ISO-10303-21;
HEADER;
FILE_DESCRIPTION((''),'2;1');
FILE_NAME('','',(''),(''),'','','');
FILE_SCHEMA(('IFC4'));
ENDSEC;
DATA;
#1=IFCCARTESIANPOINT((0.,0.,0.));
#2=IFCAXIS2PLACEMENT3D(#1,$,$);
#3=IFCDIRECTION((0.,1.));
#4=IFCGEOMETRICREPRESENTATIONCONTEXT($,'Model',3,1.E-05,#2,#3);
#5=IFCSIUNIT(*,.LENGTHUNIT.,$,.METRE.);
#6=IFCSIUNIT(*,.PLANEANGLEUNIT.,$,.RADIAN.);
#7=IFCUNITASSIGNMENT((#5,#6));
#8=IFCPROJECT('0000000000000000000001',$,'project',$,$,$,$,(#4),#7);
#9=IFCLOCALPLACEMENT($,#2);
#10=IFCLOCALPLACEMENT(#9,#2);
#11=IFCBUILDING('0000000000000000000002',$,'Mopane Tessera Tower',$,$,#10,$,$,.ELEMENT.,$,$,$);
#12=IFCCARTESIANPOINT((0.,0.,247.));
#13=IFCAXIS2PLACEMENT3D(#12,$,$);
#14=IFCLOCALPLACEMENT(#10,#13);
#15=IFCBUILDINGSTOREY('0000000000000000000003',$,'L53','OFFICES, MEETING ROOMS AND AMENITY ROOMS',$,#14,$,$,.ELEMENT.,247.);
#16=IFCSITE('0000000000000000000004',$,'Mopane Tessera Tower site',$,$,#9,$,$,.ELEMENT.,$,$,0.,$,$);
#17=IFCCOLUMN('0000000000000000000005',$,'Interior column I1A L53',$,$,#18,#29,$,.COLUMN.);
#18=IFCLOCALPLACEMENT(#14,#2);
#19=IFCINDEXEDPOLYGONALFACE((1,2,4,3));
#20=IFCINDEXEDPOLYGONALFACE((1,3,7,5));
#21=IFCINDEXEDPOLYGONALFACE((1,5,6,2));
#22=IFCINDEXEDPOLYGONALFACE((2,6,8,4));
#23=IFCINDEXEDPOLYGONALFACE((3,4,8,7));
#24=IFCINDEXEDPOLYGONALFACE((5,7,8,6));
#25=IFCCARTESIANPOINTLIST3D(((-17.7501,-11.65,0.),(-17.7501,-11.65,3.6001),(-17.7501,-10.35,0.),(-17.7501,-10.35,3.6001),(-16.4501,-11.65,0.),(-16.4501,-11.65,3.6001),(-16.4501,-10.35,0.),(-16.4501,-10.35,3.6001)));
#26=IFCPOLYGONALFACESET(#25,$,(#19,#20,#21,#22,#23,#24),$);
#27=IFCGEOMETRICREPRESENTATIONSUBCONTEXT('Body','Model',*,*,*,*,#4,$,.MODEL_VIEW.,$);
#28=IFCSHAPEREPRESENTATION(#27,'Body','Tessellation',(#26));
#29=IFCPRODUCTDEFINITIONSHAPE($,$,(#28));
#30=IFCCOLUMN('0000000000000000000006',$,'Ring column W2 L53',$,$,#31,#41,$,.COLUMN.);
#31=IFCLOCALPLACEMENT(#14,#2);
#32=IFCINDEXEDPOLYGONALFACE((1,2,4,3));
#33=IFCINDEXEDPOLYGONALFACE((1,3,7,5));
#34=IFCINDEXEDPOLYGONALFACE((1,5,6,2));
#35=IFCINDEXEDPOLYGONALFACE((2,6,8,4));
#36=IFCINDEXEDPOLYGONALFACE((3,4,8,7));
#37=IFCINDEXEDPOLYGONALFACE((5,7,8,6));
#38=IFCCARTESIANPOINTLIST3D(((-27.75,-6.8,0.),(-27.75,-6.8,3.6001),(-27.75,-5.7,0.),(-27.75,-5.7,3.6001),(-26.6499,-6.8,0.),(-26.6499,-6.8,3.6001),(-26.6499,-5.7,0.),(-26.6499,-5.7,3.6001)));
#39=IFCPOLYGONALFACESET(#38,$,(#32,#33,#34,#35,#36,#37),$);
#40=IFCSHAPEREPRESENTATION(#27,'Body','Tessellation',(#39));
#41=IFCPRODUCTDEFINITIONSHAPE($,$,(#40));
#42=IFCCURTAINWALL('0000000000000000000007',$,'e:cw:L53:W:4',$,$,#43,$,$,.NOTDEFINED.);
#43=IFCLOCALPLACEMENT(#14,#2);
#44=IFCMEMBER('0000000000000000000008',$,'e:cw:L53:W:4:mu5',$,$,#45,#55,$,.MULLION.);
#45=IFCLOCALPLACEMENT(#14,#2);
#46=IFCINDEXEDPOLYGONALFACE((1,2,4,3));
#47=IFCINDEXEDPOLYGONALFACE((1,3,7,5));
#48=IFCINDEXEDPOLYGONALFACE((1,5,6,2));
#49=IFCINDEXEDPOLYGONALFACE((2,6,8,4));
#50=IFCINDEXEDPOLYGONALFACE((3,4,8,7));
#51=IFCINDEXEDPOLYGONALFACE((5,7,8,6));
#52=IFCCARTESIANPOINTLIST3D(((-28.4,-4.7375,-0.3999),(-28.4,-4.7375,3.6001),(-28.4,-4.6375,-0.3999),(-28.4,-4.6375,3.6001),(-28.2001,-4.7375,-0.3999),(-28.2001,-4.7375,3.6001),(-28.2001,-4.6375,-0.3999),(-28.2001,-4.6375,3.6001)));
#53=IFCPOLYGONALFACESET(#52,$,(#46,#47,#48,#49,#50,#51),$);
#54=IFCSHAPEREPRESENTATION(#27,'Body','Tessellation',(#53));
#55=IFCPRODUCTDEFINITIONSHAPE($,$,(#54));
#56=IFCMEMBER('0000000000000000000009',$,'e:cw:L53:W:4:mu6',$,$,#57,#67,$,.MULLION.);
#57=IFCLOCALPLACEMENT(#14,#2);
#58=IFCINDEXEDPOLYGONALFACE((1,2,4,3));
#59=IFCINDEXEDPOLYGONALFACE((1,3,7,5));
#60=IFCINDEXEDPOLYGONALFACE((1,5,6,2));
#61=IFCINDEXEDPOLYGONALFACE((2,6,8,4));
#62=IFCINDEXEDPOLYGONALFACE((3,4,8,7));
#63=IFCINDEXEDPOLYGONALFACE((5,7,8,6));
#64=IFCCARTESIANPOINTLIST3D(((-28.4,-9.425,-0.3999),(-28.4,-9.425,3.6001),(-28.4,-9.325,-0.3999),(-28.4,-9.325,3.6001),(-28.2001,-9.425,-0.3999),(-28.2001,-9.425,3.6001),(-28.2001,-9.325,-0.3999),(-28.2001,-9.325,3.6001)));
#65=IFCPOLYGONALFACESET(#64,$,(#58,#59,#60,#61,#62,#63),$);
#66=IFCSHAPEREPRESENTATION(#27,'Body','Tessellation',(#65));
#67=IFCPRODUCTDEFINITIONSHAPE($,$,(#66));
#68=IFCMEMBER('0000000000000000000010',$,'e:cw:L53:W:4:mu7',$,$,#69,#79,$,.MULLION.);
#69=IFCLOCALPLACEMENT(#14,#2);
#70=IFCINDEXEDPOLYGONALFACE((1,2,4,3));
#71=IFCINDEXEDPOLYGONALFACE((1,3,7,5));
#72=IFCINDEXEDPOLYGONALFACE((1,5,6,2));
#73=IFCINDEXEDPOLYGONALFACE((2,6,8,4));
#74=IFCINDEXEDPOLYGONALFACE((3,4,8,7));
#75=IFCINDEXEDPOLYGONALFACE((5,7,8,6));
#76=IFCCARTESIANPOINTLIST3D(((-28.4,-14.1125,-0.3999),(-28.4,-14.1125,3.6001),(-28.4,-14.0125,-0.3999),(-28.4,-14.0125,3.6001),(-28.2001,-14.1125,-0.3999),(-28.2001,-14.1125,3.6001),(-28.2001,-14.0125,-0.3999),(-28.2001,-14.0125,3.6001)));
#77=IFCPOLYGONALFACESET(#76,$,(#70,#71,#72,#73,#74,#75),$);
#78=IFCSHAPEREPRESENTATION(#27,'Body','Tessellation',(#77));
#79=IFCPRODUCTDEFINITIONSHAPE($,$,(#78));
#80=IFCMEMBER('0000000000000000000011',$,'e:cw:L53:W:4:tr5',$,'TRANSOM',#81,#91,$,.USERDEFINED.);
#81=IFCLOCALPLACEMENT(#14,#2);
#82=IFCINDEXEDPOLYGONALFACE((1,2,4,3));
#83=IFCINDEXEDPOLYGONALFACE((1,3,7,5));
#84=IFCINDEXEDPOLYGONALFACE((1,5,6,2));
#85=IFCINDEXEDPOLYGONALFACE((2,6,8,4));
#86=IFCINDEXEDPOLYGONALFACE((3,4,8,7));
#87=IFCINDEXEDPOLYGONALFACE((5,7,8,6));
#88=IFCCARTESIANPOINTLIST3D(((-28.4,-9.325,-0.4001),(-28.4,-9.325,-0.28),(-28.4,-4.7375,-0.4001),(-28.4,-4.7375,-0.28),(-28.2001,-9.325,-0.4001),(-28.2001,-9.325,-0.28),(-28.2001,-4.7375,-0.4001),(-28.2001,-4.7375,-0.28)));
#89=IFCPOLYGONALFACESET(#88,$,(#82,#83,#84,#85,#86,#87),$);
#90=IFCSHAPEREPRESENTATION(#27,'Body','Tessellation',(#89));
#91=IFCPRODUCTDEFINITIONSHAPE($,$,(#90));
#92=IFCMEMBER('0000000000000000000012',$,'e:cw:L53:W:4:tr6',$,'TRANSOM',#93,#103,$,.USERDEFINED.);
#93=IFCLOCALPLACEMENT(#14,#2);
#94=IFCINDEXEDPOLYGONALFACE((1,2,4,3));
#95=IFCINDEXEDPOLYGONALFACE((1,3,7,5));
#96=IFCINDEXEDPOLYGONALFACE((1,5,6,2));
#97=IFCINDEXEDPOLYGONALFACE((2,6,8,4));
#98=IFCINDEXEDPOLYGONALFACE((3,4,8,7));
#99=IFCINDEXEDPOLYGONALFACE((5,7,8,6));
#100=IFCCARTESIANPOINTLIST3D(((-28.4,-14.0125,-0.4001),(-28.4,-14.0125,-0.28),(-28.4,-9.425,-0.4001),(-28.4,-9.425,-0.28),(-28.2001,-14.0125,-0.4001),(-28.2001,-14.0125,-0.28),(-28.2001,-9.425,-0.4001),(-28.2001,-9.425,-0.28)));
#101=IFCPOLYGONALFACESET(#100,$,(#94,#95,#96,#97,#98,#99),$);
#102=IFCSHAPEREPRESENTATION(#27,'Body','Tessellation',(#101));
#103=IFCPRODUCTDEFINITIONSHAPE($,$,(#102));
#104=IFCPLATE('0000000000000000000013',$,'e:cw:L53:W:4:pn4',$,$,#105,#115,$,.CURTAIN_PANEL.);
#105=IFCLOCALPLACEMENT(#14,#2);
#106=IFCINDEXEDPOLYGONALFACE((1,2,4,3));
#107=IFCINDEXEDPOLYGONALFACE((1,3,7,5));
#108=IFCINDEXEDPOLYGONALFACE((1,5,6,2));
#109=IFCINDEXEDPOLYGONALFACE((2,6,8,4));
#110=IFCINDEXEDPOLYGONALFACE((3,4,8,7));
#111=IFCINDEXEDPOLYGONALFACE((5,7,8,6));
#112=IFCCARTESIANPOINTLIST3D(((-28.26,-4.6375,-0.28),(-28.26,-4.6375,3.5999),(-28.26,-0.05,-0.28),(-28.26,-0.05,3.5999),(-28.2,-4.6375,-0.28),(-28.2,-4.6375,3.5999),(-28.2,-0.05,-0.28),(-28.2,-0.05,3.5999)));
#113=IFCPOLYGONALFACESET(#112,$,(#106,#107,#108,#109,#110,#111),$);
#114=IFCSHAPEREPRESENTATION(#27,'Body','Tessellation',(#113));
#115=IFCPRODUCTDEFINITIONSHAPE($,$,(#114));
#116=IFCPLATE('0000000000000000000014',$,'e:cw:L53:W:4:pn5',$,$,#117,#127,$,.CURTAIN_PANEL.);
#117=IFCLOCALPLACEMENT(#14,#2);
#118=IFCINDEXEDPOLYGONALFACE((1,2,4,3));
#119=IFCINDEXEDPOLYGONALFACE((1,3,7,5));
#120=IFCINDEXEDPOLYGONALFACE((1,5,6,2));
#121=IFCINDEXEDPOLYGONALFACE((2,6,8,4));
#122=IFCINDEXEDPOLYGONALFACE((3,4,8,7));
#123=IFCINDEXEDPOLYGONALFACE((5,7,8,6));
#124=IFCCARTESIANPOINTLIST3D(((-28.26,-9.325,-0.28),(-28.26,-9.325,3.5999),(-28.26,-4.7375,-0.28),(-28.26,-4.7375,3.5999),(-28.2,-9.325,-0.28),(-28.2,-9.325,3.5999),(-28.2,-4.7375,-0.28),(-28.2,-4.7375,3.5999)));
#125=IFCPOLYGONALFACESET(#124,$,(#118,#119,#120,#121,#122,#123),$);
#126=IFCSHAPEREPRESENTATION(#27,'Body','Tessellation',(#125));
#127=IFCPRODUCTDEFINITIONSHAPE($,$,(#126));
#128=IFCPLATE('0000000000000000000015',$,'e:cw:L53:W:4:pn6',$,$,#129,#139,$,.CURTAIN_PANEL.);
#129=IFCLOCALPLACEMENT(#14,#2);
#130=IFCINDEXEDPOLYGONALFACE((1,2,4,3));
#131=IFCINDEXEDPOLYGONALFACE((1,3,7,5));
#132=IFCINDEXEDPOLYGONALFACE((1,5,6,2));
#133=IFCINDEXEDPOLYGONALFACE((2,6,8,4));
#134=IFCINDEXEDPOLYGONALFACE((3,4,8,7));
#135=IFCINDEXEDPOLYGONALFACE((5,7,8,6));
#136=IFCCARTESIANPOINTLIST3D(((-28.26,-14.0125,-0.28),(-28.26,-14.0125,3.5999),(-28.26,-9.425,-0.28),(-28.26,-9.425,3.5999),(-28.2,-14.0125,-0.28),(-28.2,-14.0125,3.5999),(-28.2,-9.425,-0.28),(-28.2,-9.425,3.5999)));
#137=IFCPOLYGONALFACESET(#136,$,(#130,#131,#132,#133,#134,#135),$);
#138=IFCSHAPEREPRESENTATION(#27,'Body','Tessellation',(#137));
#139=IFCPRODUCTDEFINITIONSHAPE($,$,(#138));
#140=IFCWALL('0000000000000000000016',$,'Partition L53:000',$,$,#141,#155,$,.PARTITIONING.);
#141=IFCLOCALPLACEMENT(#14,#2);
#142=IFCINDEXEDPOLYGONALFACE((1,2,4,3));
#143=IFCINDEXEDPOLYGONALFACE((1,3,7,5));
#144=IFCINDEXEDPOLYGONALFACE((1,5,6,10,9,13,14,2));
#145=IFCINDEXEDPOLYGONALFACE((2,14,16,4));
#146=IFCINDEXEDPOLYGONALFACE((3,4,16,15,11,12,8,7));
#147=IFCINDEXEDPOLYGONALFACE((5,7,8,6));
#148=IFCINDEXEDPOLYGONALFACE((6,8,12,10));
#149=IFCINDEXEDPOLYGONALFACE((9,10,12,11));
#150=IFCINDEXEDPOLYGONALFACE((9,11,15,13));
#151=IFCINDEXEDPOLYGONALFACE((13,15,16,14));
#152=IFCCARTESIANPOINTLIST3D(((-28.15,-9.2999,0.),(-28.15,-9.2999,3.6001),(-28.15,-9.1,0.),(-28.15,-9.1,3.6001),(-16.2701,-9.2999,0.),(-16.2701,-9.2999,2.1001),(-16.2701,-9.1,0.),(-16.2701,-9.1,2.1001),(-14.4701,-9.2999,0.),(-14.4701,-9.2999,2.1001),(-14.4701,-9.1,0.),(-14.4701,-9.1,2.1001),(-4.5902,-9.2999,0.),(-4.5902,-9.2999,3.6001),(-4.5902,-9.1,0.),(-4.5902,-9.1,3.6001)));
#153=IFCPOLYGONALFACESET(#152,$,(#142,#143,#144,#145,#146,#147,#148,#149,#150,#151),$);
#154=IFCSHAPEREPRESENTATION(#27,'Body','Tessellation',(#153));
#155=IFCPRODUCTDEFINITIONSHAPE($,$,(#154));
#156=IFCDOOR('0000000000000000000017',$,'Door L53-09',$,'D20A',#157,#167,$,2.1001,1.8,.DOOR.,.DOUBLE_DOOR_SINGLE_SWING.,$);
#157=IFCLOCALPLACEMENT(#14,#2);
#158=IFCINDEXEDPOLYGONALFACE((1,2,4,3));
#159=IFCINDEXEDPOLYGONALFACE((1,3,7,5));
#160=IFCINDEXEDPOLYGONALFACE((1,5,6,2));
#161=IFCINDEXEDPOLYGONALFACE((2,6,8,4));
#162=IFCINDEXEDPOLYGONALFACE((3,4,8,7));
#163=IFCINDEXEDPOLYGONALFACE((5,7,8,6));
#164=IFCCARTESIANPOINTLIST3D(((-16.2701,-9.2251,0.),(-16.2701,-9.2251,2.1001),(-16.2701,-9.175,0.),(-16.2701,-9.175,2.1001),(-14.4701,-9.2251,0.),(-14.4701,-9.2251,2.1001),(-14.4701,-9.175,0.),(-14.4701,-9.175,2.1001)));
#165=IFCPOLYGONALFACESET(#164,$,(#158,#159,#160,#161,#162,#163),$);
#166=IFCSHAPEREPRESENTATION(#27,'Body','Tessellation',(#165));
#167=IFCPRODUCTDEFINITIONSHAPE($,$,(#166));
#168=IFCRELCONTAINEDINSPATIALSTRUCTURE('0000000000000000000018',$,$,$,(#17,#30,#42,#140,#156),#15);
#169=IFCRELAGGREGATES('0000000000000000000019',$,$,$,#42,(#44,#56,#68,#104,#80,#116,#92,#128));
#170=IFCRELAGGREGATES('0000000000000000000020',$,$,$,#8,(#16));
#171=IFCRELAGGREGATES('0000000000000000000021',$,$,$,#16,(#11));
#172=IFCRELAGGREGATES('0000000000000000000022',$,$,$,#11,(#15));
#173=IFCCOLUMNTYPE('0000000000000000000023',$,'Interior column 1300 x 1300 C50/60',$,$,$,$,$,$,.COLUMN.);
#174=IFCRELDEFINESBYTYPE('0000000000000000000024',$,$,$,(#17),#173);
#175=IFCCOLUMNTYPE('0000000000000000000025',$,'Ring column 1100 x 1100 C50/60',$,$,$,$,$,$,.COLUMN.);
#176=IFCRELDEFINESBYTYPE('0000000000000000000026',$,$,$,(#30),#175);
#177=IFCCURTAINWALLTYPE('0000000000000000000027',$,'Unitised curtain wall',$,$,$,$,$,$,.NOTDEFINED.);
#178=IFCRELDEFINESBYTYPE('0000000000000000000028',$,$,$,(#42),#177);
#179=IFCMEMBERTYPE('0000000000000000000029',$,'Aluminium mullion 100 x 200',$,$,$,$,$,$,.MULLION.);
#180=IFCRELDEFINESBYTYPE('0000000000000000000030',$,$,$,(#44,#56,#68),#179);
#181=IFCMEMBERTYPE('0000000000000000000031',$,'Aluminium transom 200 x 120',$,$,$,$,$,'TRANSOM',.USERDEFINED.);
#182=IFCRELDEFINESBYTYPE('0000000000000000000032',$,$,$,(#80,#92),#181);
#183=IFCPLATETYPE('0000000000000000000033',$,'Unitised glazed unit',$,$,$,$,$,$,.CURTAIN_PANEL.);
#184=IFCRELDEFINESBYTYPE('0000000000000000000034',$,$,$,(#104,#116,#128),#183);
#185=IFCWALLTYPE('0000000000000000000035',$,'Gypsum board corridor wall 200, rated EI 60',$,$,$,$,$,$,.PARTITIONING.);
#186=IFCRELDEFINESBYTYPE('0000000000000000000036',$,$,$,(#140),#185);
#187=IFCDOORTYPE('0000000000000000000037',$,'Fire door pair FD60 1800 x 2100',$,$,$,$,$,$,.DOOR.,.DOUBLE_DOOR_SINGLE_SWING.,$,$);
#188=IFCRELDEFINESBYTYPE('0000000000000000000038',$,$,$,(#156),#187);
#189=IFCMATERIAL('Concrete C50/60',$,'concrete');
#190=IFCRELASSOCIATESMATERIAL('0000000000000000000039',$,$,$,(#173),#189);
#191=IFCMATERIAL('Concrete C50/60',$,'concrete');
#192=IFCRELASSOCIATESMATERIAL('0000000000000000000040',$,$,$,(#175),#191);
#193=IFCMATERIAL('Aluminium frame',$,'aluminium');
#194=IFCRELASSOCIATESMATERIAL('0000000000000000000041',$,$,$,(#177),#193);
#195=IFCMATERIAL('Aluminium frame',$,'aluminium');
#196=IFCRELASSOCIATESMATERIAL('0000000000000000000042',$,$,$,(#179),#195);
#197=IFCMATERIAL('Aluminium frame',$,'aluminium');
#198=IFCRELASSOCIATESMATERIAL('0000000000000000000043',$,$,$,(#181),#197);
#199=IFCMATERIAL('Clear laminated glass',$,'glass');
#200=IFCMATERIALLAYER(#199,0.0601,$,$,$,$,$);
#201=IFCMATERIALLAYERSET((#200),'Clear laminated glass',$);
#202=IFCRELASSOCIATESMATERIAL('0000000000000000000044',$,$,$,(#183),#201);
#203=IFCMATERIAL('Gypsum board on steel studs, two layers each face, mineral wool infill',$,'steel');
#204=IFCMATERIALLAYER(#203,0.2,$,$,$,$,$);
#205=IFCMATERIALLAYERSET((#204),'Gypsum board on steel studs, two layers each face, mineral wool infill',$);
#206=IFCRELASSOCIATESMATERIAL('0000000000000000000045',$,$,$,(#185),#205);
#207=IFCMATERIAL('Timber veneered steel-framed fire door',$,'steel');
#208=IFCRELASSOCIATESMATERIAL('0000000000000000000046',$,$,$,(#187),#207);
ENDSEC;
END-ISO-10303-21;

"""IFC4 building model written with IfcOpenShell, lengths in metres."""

from ifc_helpers import new_model, si_unit, direction, frame, frame_2d, origin, origin_2d, place, context, subcontext, project, spatial, rectangle, extrude, material, layer, layer_set, material_profile, profile_set, type_object, element, fill, aggregate, save


model = new_model("IFC4")

# Units and contexts
model_context = context("Model", 3, precision=1e-05, world=origin(), true_north=direction((0.0, 1.0)))
body_context = subcontext(model_context, "Body", "Model", "MODEL_VIEW")
ifc_project = project(units=[si_unit("LENGTHUNIT", "METRE"), si_unit("PLANEANGLEUNIT", "RADIAN")], contexts=[model_context])

# Site, building, storey
site_placement = place(None, origin())
site = spatial("IfcSite", under=ifc_project, at=site_placement, Name="Mopane Tessera Tower site", CompositionType="ELEMENT", RefElevation=0.0)
building_placement = place(site_placement, origin())
building = spatial("IfcBuilding", under=site, at=building_placement, Name="Mopane Tessera Tower", CompositionType="ELEMENT")
storey_placement = place(building_placement, frame((0.0, 0.0, 247.0)))
storey = spatial("IfcBuildingStorey", under=building, at=storey_placement, Name="L53", Description="OFFICES, MEETING ROOMS AND AMENITY ROOMS", CompositionType="ELEMENT", Elevation=247.0)

# Columns
ifc_material_1 = material(Name="Concrete C50/60", Category="concrete")
ifc_material_profile_1 = material_profile(ifc_material_1, rectangle(XDim=1.3, YDim=1.3, at=origin_2d()))
ifc_profile_set_1 = profile_set([ifc_material_profile_1], Name="Concrete C50/60")
column_type_1 = type_object("IfcColumnType", Name="Interior column 1300 x 1300 C50/60", PredefinedType="COLUMN", material=ifc_profile_set_1)
column_1_placement = place(storey_placement, frame((-17.1001, -11.0, 0.0), z_axis=(0.0, 0.0, 1.0), x_axis=(1.0, 0.0, 0.0)))
element("IfcColumn", 1, at=column_1_placement, inside=storey, type_object=column_type_1, Name="Interior column I1A L53", PredefinedType="COLUMN", context=body_context, shape_type="SweptSolid", body=[
    extrude(rectangle(XDim=1.3, YDim=1.3, at=origin_2d()), origin(), (0.0, 0.0, 1.0), 3.6001),
])
ifc_material_2 = material(Name="Concrete C50/60", Category="concrete")
ifc_material_profile_2 = material_profile(ifc_material_2, rectangle(XDim=1.1001, YDim=1.1001, at=origin_2d()))
ifc_profile_set_2 = profile_set([ifc_material_profile_2], Name="Concrete C50/60")
column_type_2 = type_object("IfcColumnType", Name="Ring column 1100 x 1100 C50/60", PredefinedType="COLUMN", material=ifc_profile_set_2)
column_2_placement = place(storey_placement, frame((-27.2, -6.25, 0.0), z_axis=(0.0, 0.0, 1.0), x_axis=(1.0, 0.0, 0.0)))
element("IfcColumn", 2, at=column_2_placement, inside=storey, type_object=column_type_2, Name="Ring column W2 L53", PredefinedType="COLUMN", context=body_context, shape_type="SweptSolid", body=[
    extrude(rectangle(XDim=1.1001, YDim=1.1001, at=origin_2d()), origin(), (0.0, 0.0, 1.0), 3.6001),
])

# Curtain wall, members, plates
ifc_material_3 = material(Name="Aluminium frame", Category="aluminium")
curtain_wall_type = type_object("IfcCurtainWallType", Name="Unitised curtain wall", PredefinedType="NOTDEFINED", material=ifc_material_3)
curtain_wall_placement = place(storey_placement, origin())
curtain_wall = element("IfcCurtainWall", 3, at=curtain_wall_placement, inside=storey, type_object=curtain_wall_type, Name="e:cw:L53:W:4", PredefinedType="NOTDEFINED")
ifc_material_4 = material(Name="Aluminium frame", Category="aluminium")
ifc_material_profile_3 = material_profile(ifc_material_4, rectangle(XDim=0.1001, YDim=0.2, at=origin_2d()))
ifc_profile_set_3 = profile_set([ifc_material_profile_3], Name="Aluminium frame")
member_type_1 = type_object("IfcMemberType", Name="Aluminium mullion 100 x 200", PredefinedType="MULLION", material=ifc_profile_set_3)
member_1_placement = place(storey_placement, frame((-28.3, -4.6875, -0.3999), z_axis=(0.0, 0.0, 1.0), x_axis=(0.0, -1.0, 0.0)))
member_1 = element("IfcMember", 4, at=member_1_placement, type_object=member_type_1, Name="e:cw:L53:W:4:mu5", PredefinedType="MULLION", context=body_context, shape_type="SweptSolid", body=[
    extrude(rectangle(XDim=0.1001, YDim=0.2, at=origin_2d()), origin(), (0.0, 0.0, 1.0), 4.0),
])
member_2_placement = place(storey_placement, frame((-28.3, -9.375, -0.3999), z_axis=(0.0, 0.0, 1.0), x_axis=(0.0, -1.0, 0.0)))
member_2 = element("IfcMember", 5, at=member_2_placement, type_object=member_type_1, Name="e:cw:L53:W:4:mu6", PredefinedType="MULLION", context=body_context, shape_type="SweptSolid", body=[
    extrude(rectangle(XDim=0.1001, YDim=0.2, at=origin_2d()), origin(), (0.0, 0.0, 1.0), 4.0),
])
member_3_placement = place(storey_placement, frame((-28.3, -14.0625, -0.3999), z_axis=(0.0, 0.0, 1.0), x_axis=(0.0, -1.0, 0.0)))
member_3 = element("IfcMember", 6, at=member_3_placement, type_object=member_type_1, Name="e:cw:L53:W:4:mu7", PredefinedType="MULLION", context=body_context, shape_type="SweptSolid", body=[
    extrude(rectangle(XDim=0.1001, YDim=0.2, at=origin_2d()), origin(), (0.0, 0.0, 1.0), 4.0),
])
ifc_material_5 = material(Name="Aluminium frame", Category="aluminium")
ifc_material_profile_4 = material_profile(ifc_material_5, rectangle(XDim=0.2, YDim=0.1201, at=origin_2d()))
ifc_profile_set_4 = profile_set([ifc_material_profile_4], Name="Aluminium frame")
member_type_2 = type_object("IfcMemberType", Name="Aluminium transom 200 x 120", ElementType="TRANSOM", PredefinedType="USERDEFINED", material=ifc_profile_set_4)
member_4_placement = place(storey_placement, frame((-28.3, -4.7375, -0.3401), z_axis=(0.0, -1.0, 0.0), x_axis=(1.0, 0.0, 0.0)))
member_4 = element("IfcMember", 7, at=member_4_placement, type_object=member_type_2, Name="e:cw:L53:W:4:tr5", ObjectType="TRANSOM", PredefinedType="USERDEFINED", context=body_context, shape_type="SweptSolid", body=[
    extrude(rectangle(XDim=0.2, YDim=0.1201, at=origin_2d()), origin(), (0.0, 0.0, 1.0), 4.5874),
])
member_5_placement = place(storey_placement, frame((-28.3, -9.425, -0.3401), z_axis=(0.0, -1.0, 0.0), x_axis=(1.0, 0.0, 0.0)))
member_5 = element("IfcMember", 8, at=member_5_placement, type_object=member_type_2, Name="e:cw:L53:W:4:tr6", ObjectType="TRANSOM", PredefinedType="USERDEFINED", context=body_context, shape_type="SweptSolid", body=[
    extrude(rectangle(XDim=0.2, YDim=0.1201, at=origin_2d()), origin(), (0.0, 0.0, 1.0), 4.5874),
])
ifc_material_6 = material(Name="Clear laminated glass", Category="glass")
ifc_layer_1 = layer(ifc_material_6, 0.0601)
ifc_layer_set_1 = layer_set([ifc_layer_1], Name="Clear laminated glass")
plate_type = type_object("IfcPlateType", Name="Unitised glazed unit", PredefinedType="CURTAIN_PANEL", material=ifc_layer_set_1)
plate_1_placement = place(storey_placement, frame((-28.23, -2.3438, -0.28), z_axis=(0.0, 0.0, 1.0), x_axis=(0.0, -1.0, 0.0)))
plate_1 = element("IfcPlate", 9, at=plate_1_placement, type_object=plate_type, Name="e:cw:L53:W:4:pn4", PredefinedType="CURTAIN_PANEL", context=body_context, shape_type="SweptSolid", body=[
    extrude(rectangle(XDim=4.5874, YDim=0.0601, at=origin_2d()), origin(), (0.0, 0.0, 1.0), 3.8799),
])
plate_2_placement = place(storey_placement, frame((-28.23, -7.0312, -0.28), z_axis=(0.0, 0.0, 1.0), x_axis=(0.0, -1.0, 0.0)))
plate_2 = element("IfcPlate", 10, at=plate_2_placement, type_object=plate_type, Name="e:cw:L53:W:4:pn5", PredefinedType="CURTAIN_PANEL", context=body_context, shape_type="SweptSolid", body=[
    extrude(rectangle(XDim=4.5874, YDim=0.0601, at=origin_2d()), origin(), (0.0, 0.0, 1.0), 3.8799),
])
plate_3_placement = place(storey_placement, frame((-28.23, -11.7188, -0.28), z_axis=(0.0, 0.0, 1.0), x_axis=(0.0, -1.0, 0.0)))
plate_3 = element("IfcPlate", 11, at=plate_3_placement, type_object=plate_type, Name="e:cw:L53:W:4:pn6", PredefinedType="CURTAIN_PANEL", context=body_context, shape_type="SweptSolid", body=[
    extrude(rectangle(XDim=4.5874, YDim=0.0601, at=origin_2d()), origin(), (0.0, 0.0, 1.0), 3.8799),
])
aggregate(curtain_wall, [member_1, member_2, member_3, plate_1, member_4, plate_2, member_5, plate_3])

# Wall, opening, door
ifc_material_7 = material(Name="Gypsum board on steel studs, two layers each face, mineral wool infill", Category="steel")
ifc_layer_2 = layer(ifc_material_7, 0.2)
ifc_layer_set_2 = layer_set([ifc_layer_2], Name="Gypsum board on steel studs, two layers each face, mineral wool infill")
wall_type = type_object("IfcWallType", Name="Gypsum board corridor wall 200, rated EI 60", PredefinedType="PARTITIONING", material=ifc_layer_set_2)
wall_1_placement = place(storey_placement, frame((-28.1499, -9.2, 0.0), z_axis=(0.0, 0.0, 1.0), x_axis=(1.0, 0.0, 0.0)))
wall_1 = element("IfcWall", 12, at=wall_1_placement, inside=storey, type_object=wall_type, Name="Partition L53:000", PredefinedType="PARTITIONING", context=body_context, shape_type="SweptSolid", body=[
    extrude(rectangle(XDim=23.5598, YDim=0.2, at=frame_2d((11.7798, 0.0))), origin(), (0.0, 0.0, 1.0), 3.6001),
])
opening_1_placement = place(wall_1_placement, frame((11.8799, 0.0, 0.0)))
opening_1 = element("IfcOpeningElement", 13, at=opening_1_placement, cuts=wall_1, PredefinedType="OPENING", context=body_context, shape_type="SweptSolid", body=[
    extrude(rectangle(XDim=1.8, YDim=2.1001, at=frame_2d((0.8999, 1.05))), frame((0.0, 0.1121, 0.0), z_axis=(0.0, -1.0, 0.0), x_axis=(1.0, 0.0, 0.0)), (0.0, 0.0, 1.0), 0.2239),
])
ifc_material_8 = material(Name="Timber veneered steel-framed fire door", Category="steel")
door_type_1 = type_object("IfcDoorType", Name="Fire door pair FD60 1800 x 2100", OperationType="DOUBLE_DOOR_SINGLE_SWING", PredefinedType="DOOR", material=ifc_material_8)
door_1_placement = place(opening_1_placement, origin())
door_1 = element("IfcDoor", 14, at=door_1_placement, inside=storey, type_object=door_type_1, Name="Door L53-09", ObjectType="D20A", OperationType="DOUBLE_DOOR_SINGLE_SWING", OverallHeight=2.1001, OverallWidth=1.8, PredefinedType="DOOR", context=body_context, shape_type="SweptSolid", body=[
    extrude(rectangle(XDim=1.8, YDim=2.1001, at=frame_2d((0.8999, 1.05))), frame((0.0, 0.0249, 0.0), z_axis=(0.0, -1.0, 0.0), x_axis=(1.0, 0.0, 0.0)), (0.0, 0.0, 1.0), 0.05),
])
fill(opening_1, door_1)

save(model, "model.ifc")
